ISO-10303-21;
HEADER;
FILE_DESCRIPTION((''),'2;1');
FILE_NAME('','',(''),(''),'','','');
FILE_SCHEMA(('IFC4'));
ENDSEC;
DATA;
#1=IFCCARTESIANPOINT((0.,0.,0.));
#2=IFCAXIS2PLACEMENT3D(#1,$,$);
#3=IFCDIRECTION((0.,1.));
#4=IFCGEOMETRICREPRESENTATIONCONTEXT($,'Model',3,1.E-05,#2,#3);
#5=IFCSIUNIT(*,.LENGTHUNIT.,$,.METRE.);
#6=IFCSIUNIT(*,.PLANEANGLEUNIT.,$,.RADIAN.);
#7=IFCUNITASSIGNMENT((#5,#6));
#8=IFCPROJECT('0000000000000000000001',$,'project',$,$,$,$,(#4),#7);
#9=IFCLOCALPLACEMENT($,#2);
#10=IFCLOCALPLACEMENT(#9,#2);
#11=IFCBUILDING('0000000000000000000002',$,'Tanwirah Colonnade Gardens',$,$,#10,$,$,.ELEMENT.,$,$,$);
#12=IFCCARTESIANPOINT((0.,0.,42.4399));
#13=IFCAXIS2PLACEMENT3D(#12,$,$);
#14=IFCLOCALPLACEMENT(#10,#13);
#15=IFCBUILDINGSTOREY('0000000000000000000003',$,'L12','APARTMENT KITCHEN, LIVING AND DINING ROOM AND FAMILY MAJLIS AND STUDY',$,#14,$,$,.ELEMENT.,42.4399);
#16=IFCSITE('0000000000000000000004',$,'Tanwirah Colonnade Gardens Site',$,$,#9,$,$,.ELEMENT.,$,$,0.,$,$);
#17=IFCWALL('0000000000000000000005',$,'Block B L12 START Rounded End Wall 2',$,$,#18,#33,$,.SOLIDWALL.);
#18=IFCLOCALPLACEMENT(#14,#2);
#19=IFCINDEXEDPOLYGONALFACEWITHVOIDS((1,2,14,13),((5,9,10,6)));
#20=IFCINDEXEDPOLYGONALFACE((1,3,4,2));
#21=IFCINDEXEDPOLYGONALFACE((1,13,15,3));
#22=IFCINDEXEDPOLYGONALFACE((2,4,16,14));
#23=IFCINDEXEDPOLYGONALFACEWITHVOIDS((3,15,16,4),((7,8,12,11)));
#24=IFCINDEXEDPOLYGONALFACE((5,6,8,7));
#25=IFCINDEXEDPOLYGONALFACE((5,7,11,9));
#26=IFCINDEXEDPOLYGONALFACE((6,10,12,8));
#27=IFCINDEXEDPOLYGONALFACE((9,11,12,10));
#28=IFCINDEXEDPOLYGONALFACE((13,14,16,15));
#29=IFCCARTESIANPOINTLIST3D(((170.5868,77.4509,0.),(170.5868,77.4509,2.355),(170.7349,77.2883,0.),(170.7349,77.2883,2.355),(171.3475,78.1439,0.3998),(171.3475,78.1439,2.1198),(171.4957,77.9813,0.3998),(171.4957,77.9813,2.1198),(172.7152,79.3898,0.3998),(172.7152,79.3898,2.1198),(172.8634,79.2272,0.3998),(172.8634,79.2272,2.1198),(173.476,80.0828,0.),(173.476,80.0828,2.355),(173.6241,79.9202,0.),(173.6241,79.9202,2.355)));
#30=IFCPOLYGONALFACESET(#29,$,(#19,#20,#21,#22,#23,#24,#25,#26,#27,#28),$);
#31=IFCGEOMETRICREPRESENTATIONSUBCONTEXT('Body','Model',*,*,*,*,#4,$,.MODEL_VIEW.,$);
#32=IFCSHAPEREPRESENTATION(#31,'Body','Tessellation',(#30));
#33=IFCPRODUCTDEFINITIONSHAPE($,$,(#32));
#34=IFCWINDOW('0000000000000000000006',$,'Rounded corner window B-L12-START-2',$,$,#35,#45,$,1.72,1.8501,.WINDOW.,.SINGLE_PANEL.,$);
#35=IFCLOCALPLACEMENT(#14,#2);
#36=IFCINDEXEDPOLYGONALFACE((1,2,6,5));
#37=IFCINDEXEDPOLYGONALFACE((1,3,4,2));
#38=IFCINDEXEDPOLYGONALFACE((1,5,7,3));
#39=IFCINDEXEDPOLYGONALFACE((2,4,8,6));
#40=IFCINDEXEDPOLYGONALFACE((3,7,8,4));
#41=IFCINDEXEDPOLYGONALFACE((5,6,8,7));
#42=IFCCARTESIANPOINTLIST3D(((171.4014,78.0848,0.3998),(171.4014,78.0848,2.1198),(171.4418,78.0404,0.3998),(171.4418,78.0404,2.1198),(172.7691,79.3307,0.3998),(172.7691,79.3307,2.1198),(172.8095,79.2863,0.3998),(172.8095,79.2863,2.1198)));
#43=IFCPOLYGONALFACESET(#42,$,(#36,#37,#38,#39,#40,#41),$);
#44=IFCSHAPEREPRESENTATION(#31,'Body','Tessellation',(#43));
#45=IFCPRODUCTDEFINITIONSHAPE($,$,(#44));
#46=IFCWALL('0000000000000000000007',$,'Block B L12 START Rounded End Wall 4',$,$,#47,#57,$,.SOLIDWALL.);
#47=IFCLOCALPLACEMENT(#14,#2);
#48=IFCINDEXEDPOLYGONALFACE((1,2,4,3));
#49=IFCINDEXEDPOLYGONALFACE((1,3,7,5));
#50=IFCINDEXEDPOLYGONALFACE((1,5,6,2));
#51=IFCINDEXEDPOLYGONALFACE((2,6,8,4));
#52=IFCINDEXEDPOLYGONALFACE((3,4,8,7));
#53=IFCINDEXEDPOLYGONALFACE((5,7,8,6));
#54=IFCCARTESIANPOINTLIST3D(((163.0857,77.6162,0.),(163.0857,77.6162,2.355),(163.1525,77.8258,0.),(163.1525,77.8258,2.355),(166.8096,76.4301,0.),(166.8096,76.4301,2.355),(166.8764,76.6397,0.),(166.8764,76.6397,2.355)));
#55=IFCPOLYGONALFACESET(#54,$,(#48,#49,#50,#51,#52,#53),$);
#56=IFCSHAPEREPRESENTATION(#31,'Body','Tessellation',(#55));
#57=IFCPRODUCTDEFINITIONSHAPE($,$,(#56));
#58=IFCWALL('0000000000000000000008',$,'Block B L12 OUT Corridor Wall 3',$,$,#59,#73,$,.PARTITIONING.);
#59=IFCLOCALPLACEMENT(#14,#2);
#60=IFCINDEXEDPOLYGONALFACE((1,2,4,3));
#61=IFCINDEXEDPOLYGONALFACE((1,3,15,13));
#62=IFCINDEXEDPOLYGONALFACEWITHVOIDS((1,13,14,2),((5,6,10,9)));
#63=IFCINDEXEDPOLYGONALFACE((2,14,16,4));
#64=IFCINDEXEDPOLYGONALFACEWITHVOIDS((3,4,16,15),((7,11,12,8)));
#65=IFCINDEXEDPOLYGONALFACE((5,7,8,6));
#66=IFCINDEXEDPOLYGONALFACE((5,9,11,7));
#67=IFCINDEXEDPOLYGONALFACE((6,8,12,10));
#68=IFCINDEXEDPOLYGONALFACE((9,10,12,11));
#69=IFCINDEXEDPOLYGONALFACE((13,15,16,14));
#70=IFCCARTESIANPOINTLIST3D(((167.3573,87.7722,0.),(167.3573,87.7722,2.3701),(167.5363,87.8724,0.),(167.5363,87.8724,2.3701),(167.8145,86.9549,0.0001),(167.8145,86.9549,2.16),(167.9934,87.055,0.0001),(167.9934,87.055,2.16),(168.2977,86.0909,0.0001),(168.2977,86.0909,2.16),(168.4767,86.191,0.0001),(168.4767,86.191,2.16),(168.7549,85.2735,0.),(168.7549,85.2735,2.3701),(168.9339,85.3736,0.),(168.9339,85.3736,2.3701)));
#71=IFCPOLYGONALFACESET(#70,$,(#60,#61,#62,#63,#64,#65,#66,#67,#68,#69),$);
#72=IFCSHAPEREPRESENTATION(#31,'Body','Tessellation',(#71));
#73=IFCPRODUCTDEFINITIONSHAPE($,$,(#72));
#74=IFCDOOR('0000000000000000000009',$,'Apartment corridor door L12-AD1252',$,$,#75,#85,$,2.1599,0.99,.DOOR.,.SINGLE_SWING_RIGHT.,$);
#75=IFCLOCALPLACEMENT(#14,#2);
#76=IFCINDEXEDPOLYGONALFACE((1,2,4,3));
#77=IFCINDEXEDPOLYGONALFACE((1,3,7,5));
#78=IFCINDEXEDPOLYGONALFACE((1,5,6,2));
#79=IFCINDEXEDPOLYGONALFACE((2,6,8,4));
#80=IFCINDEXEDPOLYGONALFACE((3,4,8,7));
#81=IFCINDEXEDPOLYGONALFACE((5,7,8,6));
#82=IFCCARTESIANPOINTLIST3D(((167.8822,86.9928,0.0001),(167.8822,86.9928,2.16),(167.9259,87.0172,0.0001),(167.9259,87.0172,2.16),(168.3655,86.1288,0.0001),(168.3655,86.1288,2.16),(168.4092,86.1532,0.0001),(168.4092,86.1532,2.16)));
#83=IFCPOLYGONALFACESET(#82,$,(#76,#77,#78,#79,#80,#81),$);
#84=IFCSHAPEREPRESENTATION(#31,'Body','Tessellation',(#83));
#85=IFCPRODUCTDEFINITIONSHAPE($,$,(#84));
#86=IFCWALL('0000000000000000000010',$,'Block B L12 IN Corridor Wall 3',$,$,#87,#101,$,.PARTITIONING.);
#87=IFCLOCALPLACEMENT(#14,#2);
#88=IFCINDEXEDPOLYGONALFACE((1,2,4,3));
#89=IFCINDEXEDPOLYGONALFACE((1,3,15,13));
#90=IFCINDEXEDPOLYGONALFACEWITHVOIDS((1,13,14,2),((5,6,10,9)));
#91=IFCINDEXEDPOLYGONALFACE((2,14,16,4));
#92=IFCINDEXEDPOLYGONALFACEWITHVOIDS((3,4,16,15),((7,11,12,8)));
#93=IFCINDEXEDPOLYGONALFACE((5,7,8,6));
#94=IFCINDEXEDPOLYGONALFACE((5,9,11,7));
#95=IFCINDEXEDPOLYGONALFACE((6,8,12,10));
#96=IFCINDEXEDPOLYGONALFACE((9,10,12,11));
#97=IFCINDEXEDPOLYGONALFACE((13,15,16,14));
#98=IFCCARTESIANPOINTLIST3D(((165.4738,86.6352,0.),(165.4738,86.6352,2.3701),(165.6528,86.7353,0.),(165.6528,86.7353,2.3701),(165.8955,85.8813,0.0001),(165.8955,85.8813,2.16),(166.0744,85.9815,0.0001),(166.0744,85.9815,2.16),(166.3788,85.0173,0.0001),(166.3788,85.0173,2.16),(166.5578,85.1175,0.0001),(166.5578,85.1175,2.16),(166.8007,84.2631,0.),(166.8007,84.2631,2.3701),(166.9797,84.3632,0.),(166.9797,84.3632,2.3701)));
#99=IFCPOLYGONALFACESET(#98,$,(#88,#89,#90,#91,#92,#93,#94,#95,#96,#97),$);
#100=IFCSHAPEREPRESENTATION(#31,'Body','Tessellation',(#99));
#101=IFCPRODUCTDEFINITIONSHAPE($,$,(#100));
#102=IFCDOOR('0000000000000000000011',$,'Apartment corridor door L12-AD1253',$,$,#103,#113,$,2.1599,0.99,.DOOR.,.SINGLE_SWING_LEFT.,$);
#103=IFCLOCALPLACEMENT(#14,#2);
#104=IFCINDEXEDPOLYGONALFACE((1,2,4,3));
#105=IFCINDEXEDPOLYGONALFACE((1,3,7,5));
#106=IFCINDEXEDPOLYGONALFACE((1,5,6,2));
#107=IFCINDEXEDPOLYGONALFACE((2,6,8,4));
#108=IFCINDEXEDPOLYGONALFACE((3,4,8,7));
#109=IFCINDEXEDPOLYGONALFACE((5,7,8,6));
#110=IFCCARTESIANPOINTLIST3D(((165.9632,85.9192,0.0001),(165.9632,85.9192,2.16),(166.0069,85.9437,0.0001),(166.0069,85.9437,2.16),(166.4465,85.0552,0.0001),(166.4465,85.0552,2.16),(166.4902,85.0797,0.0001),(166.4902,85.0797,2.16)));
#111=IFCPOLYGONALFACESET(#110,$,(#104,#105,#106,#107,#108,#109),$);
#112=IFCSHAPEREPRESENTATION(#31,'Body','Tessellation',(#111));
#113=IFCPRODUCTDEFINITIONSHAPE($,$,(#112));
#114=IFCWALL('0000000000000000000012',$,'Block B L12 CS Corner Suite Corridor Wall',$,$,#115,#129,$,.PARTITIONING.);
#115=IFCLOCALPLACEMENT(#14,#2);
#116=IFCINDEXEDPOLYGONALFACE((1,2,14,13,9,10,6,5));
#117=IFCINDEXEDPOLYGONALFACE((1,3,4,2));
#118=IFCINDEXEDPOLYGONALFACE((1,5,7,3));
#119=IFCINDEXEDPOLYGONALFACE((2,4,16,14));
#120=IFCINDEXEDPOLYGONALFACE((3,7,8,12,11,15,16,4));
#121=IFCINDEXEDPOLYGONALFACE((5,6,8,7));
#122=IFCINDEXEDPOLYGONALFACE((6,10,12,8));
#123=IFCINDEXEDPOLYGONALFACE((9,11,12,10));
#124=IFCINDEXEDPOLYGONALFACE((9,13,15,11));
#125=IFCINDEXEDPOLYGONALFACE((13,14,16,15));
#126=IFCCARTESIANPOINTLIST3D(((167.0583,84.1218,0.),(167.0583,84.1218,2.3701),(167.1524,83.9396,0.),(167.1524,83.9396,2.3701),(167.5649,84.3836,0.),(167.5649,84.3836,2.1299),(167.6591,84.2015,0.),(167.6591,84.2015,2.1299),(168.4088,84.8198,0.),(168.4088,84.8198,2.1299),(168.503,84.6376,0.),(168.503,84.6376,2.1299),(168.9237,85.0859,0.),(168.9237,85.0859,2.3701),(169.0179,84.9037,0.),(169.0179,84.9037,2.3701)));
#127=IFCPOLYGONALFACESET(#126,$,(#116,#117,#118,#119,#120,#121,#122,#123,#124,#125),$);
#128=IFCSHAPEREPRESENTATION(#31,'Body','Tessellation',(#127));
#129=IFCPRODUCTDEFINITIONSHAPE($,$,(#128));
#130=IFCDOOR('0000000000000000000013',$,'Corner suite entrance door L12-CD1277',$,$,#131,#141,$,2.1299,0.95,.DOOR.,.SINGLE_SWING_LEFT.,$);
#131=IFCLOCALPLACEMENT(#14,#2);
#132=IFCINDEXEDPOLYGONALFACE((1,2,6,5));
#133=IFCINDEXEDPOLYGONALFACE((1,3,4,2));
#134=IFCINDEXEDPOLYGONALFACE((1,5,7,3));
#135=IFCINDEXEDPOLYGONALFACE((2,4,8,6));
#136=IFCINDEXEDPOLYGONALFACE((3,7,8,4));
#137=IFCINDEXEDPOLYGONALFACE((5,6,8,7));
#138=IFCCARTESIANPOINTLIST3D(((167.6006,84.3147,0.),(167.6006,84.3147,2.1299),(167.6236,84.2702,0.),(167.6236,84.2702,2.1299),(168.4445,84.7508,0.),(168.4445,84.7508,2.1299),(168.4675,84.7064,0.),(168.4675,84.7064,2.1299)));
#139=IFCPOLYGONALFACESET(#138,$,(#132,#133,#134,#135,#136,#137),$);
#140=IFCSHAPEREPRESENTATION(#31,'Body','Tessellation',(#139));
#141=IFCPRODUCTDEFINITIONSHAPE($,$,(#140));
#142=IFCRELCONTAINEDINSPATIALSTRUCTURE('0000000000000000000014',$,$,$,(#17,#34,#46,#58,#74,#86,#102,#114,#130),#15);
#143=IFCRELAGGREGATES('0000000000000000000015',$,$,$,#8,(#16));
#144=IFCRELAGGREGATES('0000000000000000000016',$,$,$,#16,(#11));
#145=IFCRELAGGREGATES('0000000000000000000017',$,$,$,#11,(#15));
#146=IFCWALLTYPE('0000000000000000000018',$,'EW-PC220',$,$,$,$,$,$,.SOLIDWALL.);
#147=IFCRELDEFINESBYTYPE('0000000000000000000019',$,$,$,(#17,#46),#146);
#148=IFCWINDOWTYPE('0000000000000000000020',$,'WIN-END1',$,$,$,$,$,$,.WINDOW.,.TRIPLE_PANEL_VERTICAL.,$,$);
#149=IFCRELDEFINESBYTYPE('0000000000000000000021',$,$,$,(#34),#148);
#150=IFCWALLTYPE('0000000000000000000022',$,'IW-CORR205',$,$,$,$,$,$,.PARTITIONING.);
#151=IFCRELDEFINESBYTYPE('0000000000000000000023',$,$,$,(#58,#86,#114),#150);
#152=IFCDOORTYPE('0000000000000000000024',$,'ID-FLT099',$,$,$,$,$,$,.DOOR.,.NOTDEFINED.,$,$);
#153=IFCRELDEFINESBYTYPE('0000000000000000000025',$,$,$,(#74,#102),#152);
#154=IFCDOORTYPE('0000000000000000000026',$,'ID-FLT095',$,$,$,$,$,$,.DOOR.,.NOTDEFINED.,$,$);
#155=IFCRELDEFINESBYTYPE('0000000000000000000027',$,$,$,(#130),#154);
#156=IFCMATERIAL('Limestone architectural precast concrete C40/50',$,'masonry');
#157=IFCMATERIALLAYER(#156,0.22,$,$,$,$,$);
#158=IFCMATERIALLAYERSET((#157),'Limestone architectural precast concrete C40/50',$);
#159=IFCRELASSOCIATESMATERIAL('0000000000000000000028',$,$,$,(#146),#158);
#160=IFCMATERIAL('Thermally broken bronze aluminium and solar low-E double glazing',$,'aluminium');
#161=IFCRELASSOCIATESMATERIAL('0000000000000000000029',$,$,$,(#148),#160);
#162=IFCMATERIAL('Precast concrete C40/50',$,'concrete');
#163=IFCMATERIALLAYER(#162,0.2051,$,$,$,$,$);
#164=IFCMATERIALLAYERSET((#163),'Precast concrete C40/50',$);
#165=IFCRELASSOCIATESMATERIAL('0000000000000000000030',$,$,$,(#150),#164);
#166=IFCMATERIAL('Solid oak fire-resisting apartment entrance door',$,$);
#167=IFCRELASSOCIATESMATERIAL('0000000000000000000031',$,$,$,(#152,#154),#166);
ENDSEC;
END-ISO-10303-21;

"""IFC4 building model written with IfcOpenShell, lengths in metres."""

from ifc_helpers import new_model, si_unit, direction, frame, frame_2d, origin, place, context, subcontext, project, spatial, rectangle, extrude, material, layer, layer_set, type_object, element, fill, save


model = new_model("IFC4")

# Units and contexts
model_context = context("Model", 3, precision=1e-05, world=origin(), true_north=direction((0.0, 1.0)))
body_context = subcontext(model_context, "Body", "Model", "MODEL_VIEW")
ifc_project = project(units=[si_unit("LENGTHUNIT", "METRE"), si_unit("PLANEANGLEUNIT", "RADIAN")], contexts=[model_context])

# Site, building, storey
site_placement = place(None, origin())
site = spatial("IfcSite", under=ifc_project, at=site_placement, Name="Tanwirah Colonnade Gardens Site", CompositionType="ELEMENT", RefElevation=0.0)
building_placement = place(site_placement, origin())
building = spatial("IfcBuilding", under=site, at=building_placement, Name="Tanwirah Colonnade Gardens", CompositionType="ELEMENT")
storey_placement = place(building_placement, frame((0.0, 0.0, 42.4399)))
storey = spatial("IfcBuildingStorey", under=building, at=storey_placement, Name="L12", Description="APARTMENT KITCHEN, LIVING AND DINING ROOM AND FAMILY MAJLIS AND STUDY", CompositionType="ELEMENT", Elevation=42.4399)

# Shared definitions
ifc_material_1 = material(Name="Precast concrete C40/50", Category="concrete")

# Shared definitions
ifc_material_2 = material(Name="Limestone architectural precast concrete C40/50", Category="masonry")
ifc_layer_1 = layer(ifc_material_2, 0.22)
ifc_layer_set_1 = layer_set([ifc_layer_1], Name="Limestone architectural precast concrete C40/50")
wall_type_1 = type_object("IfcWallType", Name="EW-PC220", PredefinedType="SOLIDWALL", material=ifc_layer_set_1)

# Wall, opening, window
wall_1_placement = place(storey_placement, frame((173.55, 80.0015, 0.0), z_axis=(0.0, 0.0, 1.0), x_axis=(-0.739261, -0.673419, 0.0)))
wall_1 = element("IfcWall", 1, at=wall_1_placement, inside=storey, type_object=wall_type_1, Name="Block B L12 START Rounded End Wall 2", PredefinedType="SOLIDWALL", context=body_context, shape_type="SweptSolid", body=[
    extrude(rectangle(XDim=3.9082, YDim=0.22, at=frame_2d((1.9541, 0.0))), origin(), (0.0, 0.0, 1.0), 2.355),
])
opening_1_placement = place(wall_1_placement, frame((1.0291, 0.0, 0.3999)))
opening_1 = element("IfcOpeningElement", 2, at=opening_1_placement, cuts=wall_1, PredefinedType="OPENING", context=body_context, shape_type="SweptSolid", body=[
    extrude(rectangle(XDim=1.8501, YDim=1.72, at=frame_2d((0.925, 0.8599))), frame((0.0, 0.1199, 0.0), z_axis=(0.0, -1.0, 0.0), x_axis=(1.0, 0.0, 0.0)), (0.0, 0.0, 1.0), 0.24),
])
ifc_material_3 = material(Name="Thermally broken bronze aluminium and solar low-E double glazing", Category="aluminium")
window_type = type_object("IfcWindowType", Name="WIN-END1", PartitioningType="TRIPLE_PANEL_VERTICAL", PredefinedType="WINDOW", material=ifc_material_3)
window_placement = place(opening_1_placement, origin())
window = element("IfcWindow", 3, at=window_placement, inside=storey, type_object=window_type, Name="Rounded corner window B-L12-START-2", OverallHeight=1.72, OverallWidth=1.8501, PartitioningType="SINGLE_PANEL", PredefinedType="WINDOW", context=body_context, shape_type="SweptSolid", body=[
    extrude(rectangle(XDim=1.8501, YDim=1.72, at=frame_2d((0.925, 0.8599))), frame((0.0, 0.03, 0.0), z_axis=(0.0, -1.0, 0.0), x_axis=(1.0, 0.0, 0.0)), (0.0, 0.0, 1.0), 0.0601),
])
fill(opening_1, window)

# Wall
wall_2_placement = place(storey_placement, frame((166.843, 76.5349, 0.0), z_axis=(0.0, 0.0, 1.0), x_axis=(-0.95284, 0.303474, 0.0)))
element("IfcWall", 4, at=wall_2_placement, inside=storey, type_object=wall_type_1, Name="Block B L12 START Rounded End Wall 4", PredefinedType="SOLIDWALL", context=body_context, shape_type="SweptSolid", body=[
    extrude(rectangle(XDim=3.9082, YDim=0.22, at=frame_2d((1.9541, 0.0))), origin(), (0.0, 0.0, 1.0), 2.355),
])

# Walls, openings, doors
ifc_layer_2 = layer(ifc_material_1, 0.2051)
ifc_layer_set_2 = layer_set([ifc_layer_2], Name="Precast concrete C40/50")
wall_type_2 = type_object("IfcWallType", Name="IW-CORR205", PredefinedType="PARTITIONING", material=ifc_layer_set_2)
wall_3_placement = place(storey_placement, frame((168.8445, 85.3235, 0.0), z_axis=(0.0, 0.0, 1.0), x_axis=(-0.488175, 0.872746, 0.0)))
wall_3 = element("IfcWall", 5, at=wall_3_placement, inside=storey, type_object=wall_type_2, Name="Block B L12 OUT Corridor Wall 3", PredefinedType="PARTITIONING", context=body_context, shape_type="SweptSolid", body=[
    extrude(rectangle(XDim=2.863, YDim=0.2051, at=frame_2d((1.4316, 0.0))), origin(), (0.0, 0.0, 1.0), 2.3701),
])
opening_2_placement = place(wall_3_placement, frame((0.9365, 0.0, 0.0)))
opening_2 = element("IfcOpeningElement", 6, at=opening_2_placement, cuts=wall_3, PredefinedType="OPENING", context=body_context, shape_type="SweptSolid", body=[
    extrude(rectangle(XDim=0.99, YDim=2.1599, at=frame_2d((0.4951, 1.0801))), frame((0.0, 0.1125, 0.0), z_axis=(0.0, -1.0, 0.0), x_axis=(1.0, 0.0, 0.0)), (0.0, 0.0, 1.0), 0.2251),
])
ifc_material_4 = material(Name="Solid oak fire-resisting apartment entrance door")
door_type_1 = type_object("IfcDoorType", Name="ID-FLT099", OperationType="NOTDEFINED", PredefinedType="DOOR", material=ifc_material_4)
door_1_placement = place(opening_2_placement, origin())
door_1 = element("IfcDoor", 7, at=door_1_placement, inside=storey, type_object=door_type_1, Name="Apartment corridor door L12-AD1252", OperationType="SINGLE_SWING_RIGHT", OverallHeight=2.1599, OverallWidth=0.99, PredefinedType="DOOR", context=body_context, shape_type="SweptSolid", body=[
    extrude(rectangle(XDim=0.99, YDim=2.1599, at=frame_2d((0.4951, 1.0801))), frame((0.0, 0.0249, 0.0), z_axis=(0.0, -1.0, 0.0), x_axis=(1.0, 0.0, 0.0)), (0.0, 0.0, 1.0), 0.05),
])
fill(opening_2, door_1)
wall_4_placement = place(storey_placement, frame((166.8901, 84.3132, 0.0), z_axis=(0.0, 0.0, 1.0), x_axis=(-0.488196, 0.872734, 0.0)))
wall_4 = element("IfcWall", 8, at=wall_4_placement, inside=storey, type_object=wall_type_2, Name="Block B L12 IN Corridor Wall 3", PredefinedType="PARTITIONING", context=body_context, shape_type="SweptSolid", body=[
    extrude(rectangle(XDim=2.718, YDim=0.2051, at=frame_2d((1.3589, 0.0))), origin(), (0.0, 0.0, 1.0), 2.3701),
])
opening_3_placement = place(wall_4_placement, frame((0.864, 0.0, 0.0)))
opening_3 = element("IfcOpeningElement", 9, at=opening_3_placement, cuts=wall_4, PredefinedType="OPENING", context=body_context, shape_type="SweptSolid", body=[
    extrude(rectangle(XDim=0.99, YDim=2.1599, at=frame_2d((0.4951, 1.0801))), frame((0.0, 0.1125, 0.0), z_axis=(0.0, -1.0, 0.0), x_axis=(1.0, 0.0, 0.0)), (0.0, 0.0, 1.0), 0.2251),
])
door_2_placement = place(opening_3_placement, origin())
door_2 = element("IfcDoor", 10, at=door_2_placement, inside=storey, type_object=door_type_1, Name="Apartment corridor door L12-AD1253", OperationType="SINGLE_SWING_LEFT", OverallHeight=2.1599, OverallWidth=0.99, PredefinedType="DOOR", context=body_context, shape_type="SweptSolid", body=[
    extrude(rectangle(XDim=0.99, YDim=2.1599, at=frame_2d((0.4951, 1.0801))), frame((0.0, 0.0249, 0.0), z_axis=(0.0, -1.0, 0.0), x_axis=(1.0, 0.0, 0.0)), (0.0, 0.0, 1.0), 0.05),
])
fill(opening_3, door_2)
wall_5_placement = place(storey_placement, frame((167.1055, 84.0308, 0.0), z_axis=(0.0, 0.0, 1.0), x_axis=(0.888371, 0.459126, 0.0)))
wall_5 = element("IfcWall", 11, at=wall_5_placement, inside=storey, type_object=wall_type_2, Name="Block B L12 CS Corner Suite Corridor Wall", PredefinedType="PARTITIONING", context=body_context, shape_type="SweptSolid", body=[
    extrude(rectangle(XDim=2.0999, YDim=0.2051, at=frame_2d((1.0498, 0.0))), origin(), (0.0, 0.0, 1.0), 2.3701),
])
opening_4_placement = place(wall_5_placement, frame((0.5701, 0.0, 0.0)))
opening_4 = element("IfcOpeningElement", 12, at=opening_4_placement, cuts=wall_5, PredefinedType="OPENING", context=body_context, shape_type="SweptSolid", body=[
    extrude(rectangle(XDim=0.95, YDim=2.1299, at=frame_2d((0.4751, 1.0649))), frame((0.0, 0.1125, 0.0), z_axis=(0.0, -1.0, 0.0), x_axis=(1.0, 0.0, 0.0)), (0.0, 0.0, 1.0), 0.2251),
])
door_type_2 = type_object("IfcDoorType", Name="ID-FLT095", OperationType="NOTDEFINED", PredefinedType="DOOR", material=ifc_material_4)
door_3_placement = place(opening_4_placement, origin())
door_3 = element("IfcDoor", 13, at=door_3_placement, inside=storey, type_object=door_type_2, Name="Corner suite entrance door L12-CD1277", OperationType="SINGLE_SWING_LEFT", OverallHeight=2.1299, OverallWidth=0.95, PredefinedType="DOOR", context=body_context, shape_type="SweptSolid", body=[
    extrude(rectangle(XDim=0.95, YDim=2.1299, at=frame_2d((0.4751, 1.0649))), frame((0.0, 0.0249, 0.0), z_axis=(0.0, -1.0, 0.0), x_axis=(1.0, 0.0, 0.0)), (0.0, 0.0, 1.0), 0.05),
])
fill(opening_4, door_3)

save(model, "model.ifc")
